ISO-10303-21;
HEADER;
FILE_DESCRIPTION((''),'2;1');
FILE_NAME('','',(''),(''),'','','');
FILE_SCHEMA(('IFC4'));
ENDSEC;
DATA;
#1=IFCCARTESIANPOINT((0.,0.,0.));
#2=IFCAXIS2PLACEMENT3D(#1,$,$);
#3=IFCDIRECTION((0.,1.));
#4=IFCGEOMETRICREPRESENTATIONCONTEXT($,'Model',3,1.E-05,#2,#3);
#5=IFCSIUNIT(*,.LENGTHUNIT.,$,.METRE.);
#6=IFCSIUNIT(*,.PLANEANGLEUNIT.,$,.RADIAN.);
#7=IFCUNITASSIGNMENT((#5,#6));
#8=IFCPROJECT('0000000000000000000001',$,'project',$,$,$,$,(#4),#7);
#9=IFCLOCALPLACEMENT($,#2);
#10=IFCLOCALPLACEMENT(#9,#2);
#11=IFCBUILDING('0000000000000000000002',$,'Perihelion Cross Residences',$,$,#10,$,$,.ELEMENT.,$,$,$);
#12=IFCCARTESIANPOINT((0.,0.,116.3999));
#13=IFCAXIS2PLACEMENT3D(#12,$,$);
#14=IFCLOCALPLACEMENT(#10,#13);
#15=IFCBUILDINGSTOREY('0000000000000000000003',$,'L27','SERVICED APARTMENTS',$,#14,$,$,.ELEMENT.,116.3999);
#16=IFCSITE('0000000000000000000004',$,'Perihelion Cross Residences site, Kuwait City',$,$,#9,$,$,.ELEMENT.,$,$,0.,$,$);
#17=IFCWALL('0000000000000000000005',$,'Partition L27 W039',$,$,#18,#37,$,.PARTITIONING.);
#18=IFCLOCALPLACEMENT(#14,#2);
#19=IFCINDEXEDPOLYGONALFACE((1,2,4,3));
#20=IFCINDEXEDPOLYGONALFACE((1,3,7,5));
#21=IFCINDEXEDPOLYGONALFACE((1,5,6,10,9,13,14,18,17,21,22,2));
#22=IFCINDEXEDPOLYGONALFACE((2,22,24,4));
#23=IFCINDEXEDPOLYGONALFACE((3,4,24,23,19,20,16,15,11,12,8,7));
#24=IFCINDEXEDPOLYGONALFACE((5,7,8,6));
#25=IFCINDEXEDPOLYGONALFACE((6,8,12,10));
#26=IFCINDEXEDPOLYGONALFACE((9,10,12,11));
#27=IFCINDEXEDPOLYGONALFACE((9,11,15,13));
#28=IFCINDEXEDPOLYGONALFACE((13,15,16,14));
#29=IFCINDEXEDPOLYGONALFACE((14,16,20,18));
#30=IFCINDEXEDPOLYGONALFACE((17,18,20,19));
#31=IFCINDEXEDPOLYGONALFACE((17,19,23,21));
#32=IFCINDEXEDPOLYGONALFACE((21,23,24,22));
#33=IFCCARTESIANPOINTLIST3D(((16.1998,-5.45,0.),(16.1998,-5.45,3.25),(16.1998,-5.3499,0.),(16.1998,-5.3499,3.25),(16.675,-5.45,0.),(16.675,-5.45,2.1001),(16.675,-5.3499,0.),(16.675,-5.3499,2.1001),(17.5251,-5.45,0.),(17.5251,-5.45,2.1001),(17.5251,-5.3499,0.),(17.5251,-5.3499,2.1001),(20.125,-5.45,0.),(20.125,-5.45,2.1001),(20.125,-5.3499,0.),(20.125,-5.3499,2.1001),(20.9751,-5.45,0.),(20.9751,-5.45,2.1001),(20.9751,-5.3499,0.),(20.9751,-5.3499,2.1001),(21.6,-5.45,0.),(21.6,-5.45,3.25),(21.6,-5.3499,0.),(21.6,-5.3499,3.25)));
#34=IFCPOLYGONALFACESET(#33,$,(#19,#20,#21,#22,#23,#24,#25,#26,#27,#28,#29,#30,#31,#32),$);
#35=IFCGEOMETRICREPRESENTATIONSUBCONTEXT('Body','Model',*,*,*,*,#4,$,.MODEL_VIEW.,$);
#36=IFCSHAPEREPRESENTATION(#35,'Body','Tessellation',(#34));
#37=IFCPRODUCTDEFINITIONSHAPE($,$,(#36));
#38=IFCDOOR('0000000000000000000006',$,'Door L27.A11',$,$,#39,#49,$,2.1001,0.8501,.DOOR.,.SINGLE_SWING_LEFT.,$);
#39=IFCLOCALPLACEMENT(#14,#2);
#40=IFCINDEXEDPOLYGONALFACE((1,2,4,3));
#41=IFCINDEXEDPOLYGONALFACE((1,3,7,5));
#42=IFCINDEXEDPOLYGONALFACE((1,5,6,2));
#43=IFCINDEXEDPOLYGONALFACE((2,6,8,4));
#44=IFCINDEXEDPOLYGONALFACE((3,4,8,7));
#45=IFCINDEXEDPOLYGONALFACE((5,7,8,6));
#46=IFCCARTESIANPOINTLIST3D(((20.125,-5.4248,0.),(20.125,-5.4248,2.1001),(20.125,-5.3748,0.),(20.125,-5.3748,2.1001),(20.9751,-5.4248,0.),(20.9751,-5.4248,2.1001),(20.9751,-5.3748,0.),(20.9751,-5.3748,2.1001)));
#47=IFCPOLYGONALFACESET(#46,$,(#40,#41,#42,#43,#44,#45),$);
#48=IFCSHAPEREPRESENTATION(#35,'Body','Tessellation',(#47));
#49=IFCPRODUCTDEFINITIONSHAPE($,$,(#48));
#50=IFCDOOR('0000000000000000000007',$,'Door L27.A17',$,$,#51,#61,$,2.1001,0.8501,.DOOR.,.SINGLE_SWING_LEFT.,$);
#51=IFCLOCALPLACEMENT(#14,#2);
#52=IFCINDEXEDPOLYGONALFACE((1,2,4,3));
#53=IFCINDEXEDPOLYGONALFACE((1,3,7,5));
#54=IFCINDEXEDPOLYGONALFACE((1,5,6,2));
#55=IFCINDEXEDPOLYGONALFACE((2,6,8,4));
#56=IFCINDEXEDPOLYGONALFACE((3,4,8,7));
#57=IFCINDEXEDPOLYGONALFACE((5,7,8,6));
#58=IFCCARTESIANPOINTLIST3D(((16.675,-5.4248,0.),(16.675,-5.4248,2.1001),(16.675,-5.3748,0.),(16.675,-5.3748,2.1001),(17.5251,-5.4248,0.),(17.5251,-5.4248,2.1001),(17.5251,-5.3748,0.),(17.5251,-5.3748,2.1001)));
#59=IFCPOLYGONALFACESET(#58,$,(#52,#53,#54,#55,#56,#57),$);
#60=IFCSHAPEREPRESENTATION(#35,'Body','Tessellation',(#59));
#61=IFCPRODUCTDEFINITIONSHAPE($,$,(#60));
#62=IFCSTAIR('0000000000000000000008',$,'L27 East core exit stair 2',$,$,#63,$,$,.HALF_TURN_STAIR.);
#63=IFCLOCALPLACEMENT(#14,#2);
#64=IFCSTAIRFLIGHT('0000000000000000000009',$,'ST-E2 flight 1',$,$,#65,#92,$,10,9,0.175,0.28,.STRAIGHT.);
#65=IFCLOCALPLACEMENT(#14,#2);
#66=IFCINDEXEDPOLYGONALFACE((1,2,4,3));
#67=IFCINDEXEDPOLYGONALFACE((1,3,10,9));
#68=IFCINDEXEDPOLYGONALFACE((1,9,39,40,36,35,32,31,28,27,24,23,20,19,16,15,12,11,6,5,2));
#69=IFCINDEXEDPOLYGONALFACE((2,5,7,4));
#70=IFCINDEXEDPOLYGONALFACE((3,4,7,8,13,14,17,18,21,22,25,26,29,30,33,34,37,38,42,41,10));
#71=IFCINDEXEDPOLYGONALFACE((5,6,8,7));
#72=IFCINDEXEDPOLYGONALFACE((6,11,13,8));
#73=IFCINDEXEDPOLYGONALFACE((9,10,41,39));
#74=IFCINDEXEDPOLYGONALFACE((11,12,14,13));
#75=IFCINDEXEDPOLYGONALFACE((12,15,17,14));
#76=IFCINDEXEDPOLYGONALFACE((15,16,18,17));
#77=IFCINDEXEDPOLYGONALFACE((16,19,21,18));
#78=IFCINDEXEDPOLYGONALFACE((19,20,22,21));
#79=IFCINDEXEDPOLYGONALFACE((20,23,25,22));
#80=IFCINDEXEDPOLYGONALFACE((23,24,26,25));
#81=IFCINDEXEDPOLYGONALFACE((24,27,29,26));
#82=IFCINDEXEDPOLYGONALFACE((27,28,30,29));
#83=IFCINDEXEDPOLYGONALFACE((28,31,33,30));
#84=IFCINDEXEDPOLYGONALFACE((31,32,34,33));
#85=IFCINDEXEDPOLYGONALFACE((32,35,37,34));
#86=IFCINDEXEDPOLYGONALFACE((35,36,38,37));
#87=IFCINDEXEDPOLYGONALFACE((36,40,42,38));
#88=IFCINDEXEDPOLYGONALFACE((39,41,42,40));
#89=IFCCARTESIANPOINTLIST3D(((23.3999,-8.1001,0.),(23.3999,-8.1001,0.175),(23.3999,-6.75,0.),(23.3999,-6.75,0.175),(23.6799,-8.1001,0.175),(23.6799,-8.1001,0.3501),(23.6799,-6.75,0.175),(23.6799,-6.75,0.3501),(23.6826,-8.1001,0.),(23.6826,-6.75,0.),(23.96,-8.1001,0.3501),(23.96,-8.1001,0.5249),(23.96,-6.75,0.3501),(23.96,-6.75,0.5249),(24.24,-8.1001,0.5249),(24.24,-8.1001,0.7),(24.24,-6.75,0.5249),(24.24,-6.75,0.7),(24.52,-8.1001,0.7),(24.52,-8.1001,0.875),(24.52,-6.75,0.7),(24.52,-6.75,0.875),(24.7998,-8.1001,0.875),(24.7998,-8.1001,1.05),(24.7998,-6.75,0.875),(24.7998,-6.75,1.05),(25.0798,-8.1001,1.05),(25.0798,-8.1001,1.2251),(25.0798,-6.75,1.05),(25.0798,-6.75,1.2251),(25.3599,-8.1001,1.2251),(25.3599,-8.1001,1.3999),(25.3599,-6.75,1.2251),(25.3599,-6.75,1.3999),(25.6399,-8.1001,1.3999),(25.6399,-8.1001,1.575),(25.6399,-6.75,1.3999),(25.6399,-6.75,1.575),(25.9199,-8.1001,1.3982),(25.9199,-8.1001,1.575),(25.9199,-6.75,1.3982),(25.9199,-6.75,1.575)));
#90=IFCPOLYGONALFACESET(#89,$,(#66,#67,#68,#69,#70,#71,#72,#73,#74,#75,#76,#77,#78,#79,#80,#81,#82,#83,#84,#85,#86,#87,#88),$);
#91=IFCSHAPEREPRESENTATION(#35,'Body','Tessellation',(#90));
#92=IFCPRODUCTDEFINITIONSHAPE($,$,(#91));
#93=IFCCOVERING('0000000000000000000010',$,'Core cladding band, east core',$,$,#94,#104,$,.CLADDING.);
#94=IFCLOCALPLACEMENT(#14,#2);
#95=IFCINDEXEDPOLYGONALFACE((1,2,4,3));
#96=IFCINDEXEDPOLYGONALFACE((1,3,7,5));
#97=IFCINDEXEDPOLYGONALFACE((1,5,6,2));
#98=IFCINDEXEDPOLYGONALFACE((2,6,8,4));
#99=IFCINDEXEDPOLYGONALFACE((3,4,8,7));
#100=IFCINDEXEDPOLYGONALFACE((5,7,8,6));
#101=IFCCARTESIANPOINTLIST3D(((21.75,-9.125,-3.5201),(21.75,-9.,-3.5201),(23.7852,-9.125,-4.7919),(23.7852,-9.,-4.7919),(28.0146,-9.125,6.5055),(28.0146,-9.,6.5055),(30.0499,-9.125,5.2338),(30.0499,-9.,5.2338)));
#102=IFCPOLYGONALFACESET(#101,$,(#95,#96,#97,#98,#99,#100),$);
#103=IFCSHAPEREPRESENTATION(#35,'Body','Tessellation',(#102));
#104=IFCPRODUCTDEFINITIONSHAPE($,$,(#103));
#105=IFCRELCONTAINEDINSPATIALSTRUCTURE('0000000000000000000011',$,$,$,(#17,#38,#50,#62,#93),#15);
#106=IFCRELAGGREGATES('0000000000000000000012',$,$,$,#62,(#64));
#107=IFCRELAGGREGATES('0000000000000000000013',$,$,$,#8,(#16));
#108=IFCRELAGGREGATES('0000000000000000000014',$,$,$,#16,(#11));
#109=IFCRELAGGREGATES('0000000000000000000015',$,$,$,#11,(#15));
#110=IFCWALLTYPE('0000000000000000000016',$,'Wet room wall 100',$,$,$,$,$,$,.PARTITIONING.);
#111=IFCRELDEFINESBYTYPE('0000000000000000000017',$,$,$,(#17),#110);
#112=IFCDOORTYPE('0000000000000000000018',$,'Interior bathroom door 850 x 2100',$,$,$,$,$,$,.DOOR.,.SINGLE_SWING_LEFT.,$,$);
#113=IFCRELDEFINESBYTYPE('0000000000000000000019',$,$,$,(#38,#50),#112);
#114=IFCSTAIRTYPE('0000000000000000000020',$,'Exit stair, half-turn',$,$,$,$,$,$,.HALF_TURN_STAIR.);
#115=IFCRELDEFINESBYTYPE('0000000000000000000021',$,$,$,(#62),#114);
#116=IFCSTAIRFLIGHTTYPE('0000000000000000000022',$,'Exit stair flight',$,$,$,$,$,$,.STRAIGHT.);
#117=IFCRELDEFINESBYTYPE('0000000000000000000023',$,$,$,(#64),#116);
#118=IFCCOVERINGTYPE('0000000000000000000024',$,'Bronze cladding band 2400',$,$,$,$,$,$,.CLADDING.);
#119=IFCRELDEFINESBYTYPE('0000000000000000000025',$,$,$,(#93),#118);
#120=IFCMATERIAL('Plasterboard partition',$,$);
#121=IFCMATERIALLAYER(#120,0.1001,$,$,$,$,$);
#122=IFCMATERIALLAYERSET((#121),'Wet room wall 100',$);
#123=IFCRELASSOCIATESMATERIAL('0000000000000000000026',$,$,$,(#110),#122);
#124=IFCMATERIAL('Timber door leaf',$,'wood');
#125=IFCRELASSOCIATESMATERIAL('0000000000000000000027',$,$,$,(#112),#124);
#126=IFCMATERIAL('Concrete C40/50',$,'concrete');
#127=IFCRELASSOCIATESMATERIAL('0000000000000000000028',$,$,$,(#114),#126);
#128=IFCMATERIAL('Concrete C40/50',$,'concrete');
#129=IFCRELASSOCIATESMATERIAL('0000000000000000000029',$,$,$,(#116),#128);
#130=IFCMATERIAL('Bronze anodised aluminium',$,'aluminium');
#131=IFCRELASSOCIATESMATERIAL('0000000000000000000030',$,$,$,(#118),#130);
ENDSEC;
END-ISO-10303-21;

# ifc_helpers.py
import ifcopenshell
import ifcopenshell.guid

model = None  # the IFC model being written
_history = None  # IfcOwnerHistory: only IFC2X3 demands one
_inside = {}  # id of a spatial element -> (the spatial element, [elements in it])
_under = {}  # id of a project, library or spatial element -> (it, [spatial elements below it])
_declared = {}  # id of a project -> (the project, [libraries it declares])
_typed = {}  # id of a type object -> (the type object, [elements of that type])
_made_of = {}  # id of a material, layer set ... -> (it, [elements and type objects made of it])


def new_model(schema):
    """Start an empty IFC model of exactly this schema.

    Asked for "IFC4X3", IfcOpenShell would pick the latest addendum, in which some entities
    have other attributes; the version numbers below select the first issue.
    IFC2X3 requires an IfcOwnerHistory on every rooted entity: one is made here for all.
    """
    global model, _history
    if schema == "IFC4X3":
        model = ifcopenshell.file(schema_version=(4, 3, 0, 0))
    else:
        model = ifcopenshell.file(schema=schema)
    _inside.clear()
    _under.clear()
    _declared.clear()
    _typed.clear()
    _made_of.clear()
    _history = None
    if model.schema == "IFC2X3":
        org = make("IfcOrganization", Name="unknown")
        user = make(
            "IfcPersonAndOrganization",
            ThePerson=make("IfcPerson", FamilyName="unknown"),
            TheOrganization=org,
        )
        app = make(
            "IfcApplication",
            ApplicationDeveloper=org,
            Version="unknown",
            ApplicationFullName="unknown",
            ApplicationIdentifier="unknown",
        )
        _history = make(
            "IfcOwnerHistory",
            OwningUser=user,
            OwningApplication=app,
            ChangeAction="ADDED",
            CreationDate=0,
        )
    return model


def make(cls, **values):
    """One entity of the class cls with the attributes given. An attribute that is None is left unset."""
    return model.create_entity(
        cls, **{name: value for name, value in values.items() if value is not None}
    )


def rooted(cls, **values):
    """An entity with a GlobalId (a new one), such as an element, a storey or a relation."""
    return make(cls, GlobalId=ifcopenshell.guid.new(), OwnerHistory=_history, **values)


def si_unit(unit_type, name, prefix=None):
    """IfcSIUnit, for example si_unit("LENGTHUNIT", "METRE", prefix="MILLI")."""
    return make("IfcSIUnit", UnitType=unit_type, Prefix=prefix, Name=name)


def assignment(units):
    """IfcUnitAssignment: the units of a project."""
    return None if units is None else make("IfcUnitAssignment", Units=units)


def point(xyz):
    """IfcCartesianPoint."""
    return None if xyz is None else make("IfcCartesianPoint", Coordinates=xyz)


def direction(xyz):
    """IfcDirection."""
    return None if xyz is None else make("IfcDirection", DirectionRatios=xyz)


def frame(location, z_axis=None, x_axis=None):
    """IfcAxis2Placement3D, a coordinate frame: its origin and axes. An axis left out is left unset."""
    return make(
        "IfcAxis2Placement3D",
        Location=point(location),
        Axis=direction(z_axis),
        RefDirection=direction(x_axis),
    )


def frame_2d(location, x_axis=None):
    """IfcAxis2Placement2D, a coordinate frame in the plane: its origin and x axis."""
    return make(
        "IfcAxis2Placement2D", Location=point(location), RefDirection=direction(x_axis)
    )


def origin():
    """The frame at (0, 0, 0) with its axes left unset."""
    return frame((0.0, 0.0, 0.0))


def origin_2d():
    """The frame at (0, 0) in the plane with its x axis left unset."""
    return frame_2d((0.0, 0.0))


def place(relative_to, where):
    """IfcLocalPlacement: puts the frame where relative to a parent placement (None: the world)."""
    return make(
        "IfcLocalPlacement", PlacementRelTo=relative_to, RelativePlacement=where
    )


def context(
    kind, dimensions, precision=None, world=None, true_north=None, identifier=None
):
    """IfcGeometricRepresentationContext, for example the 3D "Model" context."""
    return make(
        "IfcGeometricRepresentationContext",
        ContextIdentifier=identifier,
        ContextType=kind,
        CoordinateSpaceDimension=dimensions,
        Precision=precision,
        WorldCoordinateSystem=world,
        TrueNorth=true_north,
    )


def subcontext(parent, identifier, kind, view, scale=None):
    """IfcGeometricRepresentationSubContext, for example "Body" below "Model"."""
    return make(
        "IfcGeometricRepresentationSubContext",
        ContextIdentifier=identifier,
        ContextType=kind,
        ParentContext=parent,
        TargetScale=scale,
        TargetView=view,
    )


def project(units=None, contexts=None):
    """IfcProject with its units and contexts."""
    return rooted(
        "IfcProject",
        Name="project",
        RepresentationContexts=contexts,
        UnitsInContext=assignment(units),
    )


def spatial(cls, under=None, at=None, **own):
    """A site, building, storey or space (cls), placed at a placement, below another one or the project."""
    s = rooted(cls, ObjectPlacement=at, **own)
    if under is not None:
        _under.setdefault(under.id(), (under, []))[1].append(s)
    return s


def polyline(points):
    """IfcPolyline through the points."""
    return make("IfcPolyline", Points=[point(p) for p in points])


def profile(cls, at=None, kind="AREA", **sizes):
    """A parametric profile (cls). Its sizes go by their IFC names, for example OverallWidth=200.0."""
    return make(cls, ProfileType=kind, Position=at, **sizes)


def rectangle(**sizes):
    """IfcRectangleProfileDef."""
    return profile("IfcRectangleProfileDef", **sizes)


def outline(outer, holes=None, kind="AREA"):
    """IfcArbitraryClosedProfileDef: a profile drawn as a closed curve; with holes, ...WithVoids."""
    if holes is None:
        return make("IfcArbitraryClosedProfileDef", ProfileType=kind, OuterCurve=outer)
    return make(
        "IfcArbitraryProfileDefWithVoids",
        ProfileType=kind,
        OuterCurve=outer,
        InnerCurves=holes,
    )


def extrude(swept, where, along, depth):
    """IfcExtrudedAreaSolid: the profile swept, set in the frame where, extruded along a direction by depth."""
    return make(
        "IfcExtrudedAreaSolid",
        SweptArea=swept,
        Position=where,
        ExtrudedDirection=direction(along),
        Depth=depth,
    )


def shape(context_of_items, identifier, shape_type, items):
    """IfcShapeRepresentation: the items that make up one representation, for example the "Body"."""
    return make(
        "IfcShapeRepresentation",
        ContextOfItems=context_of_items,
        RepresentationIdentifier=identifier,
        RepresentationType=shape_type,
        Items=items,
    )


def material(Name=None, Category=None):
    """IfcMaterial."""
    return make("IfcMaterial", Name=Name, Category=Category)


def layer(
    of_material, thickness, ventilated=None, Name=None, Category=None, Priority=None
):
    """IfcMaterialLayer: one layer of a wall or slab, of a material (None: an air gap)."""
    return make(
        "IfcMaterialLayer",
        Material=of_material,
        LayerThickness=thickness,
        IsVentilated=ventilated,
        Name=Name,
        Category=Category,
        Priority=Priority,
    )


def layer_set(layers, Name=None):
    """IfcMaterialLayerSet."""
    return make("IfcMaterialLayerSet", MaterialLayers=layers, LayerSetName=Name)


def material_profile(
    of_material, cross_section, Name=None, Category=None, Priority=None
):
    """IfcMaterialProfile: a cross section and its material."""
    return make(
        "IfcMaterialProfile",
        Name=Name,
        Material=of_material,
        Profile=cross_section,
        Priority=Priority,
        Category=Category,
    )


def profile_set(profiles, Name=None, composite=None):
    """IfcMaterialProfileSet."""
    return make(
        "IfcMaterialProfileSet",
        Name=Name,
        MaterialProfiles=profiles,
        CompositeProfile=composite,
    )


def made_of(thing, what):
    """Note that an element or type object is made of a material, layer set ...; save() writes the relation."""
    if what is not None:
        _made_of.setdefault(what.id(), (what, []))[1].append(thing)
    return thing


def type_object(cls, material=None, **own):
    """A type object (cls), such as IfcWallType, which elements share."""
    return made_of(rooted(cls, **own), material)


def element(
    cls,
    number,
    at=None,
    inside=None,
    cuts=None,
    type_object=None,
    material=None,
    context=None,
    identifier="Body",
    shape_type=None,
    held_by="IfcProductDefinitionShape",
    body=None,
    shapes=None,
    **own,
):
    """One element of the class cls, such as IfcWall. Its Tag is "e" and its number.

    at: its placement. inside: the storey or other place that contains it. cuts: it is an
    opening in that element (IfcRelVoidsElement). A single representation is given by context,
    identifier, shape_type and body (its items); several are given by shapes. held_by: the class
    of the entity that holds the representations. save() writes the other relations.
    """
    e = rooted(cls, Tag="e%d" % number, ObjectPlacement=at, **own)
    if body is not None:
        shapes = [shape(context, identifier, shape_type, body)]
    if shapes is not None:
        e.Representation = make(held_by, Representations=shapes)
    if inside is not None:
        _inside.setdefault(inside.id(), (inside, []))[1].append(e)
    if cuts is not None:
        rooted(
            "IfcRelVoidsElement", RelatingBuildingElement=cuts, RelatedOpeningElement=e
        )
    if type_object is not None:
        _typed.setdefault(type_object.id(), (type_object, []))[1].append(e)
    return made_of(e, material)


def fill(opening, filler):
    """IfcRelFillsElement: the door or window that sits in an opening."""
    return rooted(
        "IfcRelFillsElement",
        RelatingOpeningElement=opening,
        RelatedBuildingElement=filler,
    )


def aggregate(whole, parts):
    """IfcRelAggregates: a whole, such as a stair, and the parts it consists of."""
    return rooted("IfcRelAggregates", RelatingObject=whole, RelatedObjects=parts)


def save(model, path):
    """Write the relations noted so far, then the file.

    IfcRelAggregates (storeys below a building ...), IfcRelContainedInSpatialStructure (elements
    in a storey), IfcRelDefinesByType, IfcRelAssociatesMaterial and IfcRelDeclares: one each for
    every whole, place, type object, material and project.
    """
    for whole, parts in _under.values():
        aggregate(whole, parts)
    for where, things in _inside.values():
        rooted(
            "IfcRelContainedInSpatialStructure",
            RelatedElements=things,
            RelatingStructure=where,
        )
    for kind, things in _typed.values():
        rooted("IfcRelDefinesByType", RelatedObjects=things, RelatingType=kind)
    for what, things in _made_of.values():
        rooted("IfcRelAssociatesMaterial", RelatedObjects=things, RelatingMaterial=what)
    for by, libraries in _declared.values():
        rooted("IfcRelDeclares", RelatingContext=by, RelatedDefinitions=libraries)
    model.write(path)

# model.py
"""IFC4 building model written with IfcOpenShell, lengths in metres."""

from ifc_helpers import new_model, si_unit, direction, frame, frame_2d, origin, origin_2d, place, context, subcontext, project, spatial, polyline, rectangle, outline, extrude, material, layer, layer_set, material_profile, profile_set, type_object, element, fill, aggregate, save


model = new_model("IFC4")

# Units and contexts
model_context = context("Model", 3, precision=1e-05, world=origin(), true_north=direction((0.0, 1.0)))
body_context = subcontext(model_context, "Body", "Model", "MODEL_VIEW")
ifc_project = project(units=[si_unit("LENGTHUNIT", "METRE"), si_unit("PLANEANGLEUNIT", "RADIAN")], contexts=[model_context])

# Site, building, storey
site_placement = place(None, origin())
site = spatial("IfcSite", under=ifc_project, at=site_placement, Name="Perihelion Cross Residences site, Kuwait City", CompositionType="ELEMENT", RefElevation=0.0)
building_placement = place(site_placement, origin())
building = spatial("IfcBuilding", under=site, at=building_placement, Name="Perihelion Cross Residences", CompositionType="ELEMENT")
storey_placement = place(building_placement, frame((0.0, 0.0, 116.3999)))
storey = spatial("IfcBuildingStorey", under=building, at=storey_placement, Name="L27", Description="SERVICED APARTMENTS", CompositionType="ELEMENT", Elevation=116.3999)

# Wall, openings, doors
ifc_material_1 = material(Name="Plasterboard partition")
ifc_layer_1 = layer(ifc_material_1, 0.1001)
ifc_layer_set_1 = layer_set([ifc_layer_1], Name="Wet room wall 100")
wall_type_1 = type_object("IfcWallType", Name="Wet room wall 100", PredefinedType="PARTITIONING", material=ifc_layer_set_1)
wall_1_placement = place(storey_placement, frame((21.6001, -5.3999, 0.0), z_axis=(0.0, 0.0, 1.0), x_axis=(-1.0, 0.0, 0.0)))
wall_1 = element("IfcWall", 1, at=wall_1_placement, inside=storey, type_object=wall_type_1, Name="Partition L27 W039", PredefinedType="PARTITIONING", context=body_context, shape_type="SweptSolid", body=[
    extrude(rectangle(XDim=5.4001, YDim=0.1001, at=frame_2d((2.7002, 0.0))), origin(), (0.0, 0.0, 1.0), 3.25),
])
opening_1_placement = place(wall_1_placement, frame((0.625, 0.0, 0.0)))
opening_1 = element("IfcOpeningElement", 2, at=opening_1_placement, cuts=wall_1, PredefinedType="OPENING", context=body_context, shape_type="SweptSolid", body=[
    extrude(rectangle(XDim=0.8501, YDim=2.1001, at=frame_2d((0.425, 1.05))), frame((0.0, 0.0601, 0.0), z_axis=(0.0, -1.0, 0.0), x_axis=(1.0, 0.0, 0.0)), (0.0, 0.0, 1.0), 0.1201),
])
opening_2_placement = place(wall_1_placement, frame((4.075, 0.0, 0.0)))
opening_2 = element("IfcOpeningElement", 3, at=opening_2_placement, cuts=wall_1, PredefinedType="OPENING", context=body_context, shape_type="SweptSolid", body=[
    extrude(rectangle(XDim=0.8501, YDim=2.1001, at=frame_2d((0.425, 1.05))), frame((0.0, 0.0601, 0.0), z_axis=(0.0, -1.0, 0.0), x_axis=(1.0, 0.0, 0.0)), (0.0, 0.0, 1.0), 0.1201),
])
ifc_material_2 = material(Name="Timber door leaf", Category="wood")
door_type_1 = type_object("IfcDoorType", Name="Interior bathroom door 850 x 2100", OperationType="SINGLE_SWING_LEFT", PredefinedType="DOOR", material=ifc_material_2)
door_1_placement = place(opening_1_placement, origin())
door_1 = element("IfcDoor", 4, at=door_1_placement, inside=storey, type_object=door_type_1, Name="Door L27.A11", OperationType="SINGLE_SWING_LEFT", OverallHeight=2.1001, OverallWidth=0.8501, PredefinedType="DOOR", context=body_context, shape_type="SweptSolid", body=[
    extrude(rectangle(XDim=0.8501, YDim=2.1001, at=frame_2d((0.425, 1.05))), frame((0.0, 0.0249, 0.0), z_axis=(0.0, -1.0, 0.0), x_axis=(1.0, 0.0, 0.0)), (0.0, 0.0, 1.0), 0.05),
])
fill(opening_1, door_1)
door_2_placement = place(opening_2_placement, origin())
door_2 = element("IfcDoor", 5, at=door_2_placement, inside=storey, type_object=door_type_1, Name="Door L27.A17", OperationType="SINGLE_SWING_LEFT", OverallHeight=2.1001, OverallWidth=0.8501, PredefinedType="DOOR", context=body_context, shape_type="SweptSolid", body=[
    extrude(rectangle(XDim=0.8501, YDim=2.1001, at=frame_2d((0.425, 1.05))), frame((0.0, 0.0249, 0.0), z_axis=(0.0, -1.0, 0.0), x_axis=(1.0, 0.0, 0.0)), (0.0, 0.0, 1.0), 0.05),
])
fill(opening_2, door_2)

# Stair, stair flight
ifc_material_3 = material(Name="Concrete C40/50", Category="concrete")
stair_type = type_object("IfcStairType", Name="Exit stair, half-turn", PredefinedType="HALF_TURN_STAIR", material=ifc_material_3)
stair_placement = place(storey_placement, origin())
stair = element("IfcStair", 6, at=stair_placement, inside=storey, type_object=stair_type, Name="L27 East core exit stair 2", PredefinedType="HALF_TURN_STAIR")
ifc_material_4 = material(Name="Concrete C40/50", Category="concrete")
stair_flight_type = type_object("IfcStairFlightType", Name="Exit stair flight", PredefinedType="STRAIGHT", material=ifc_material_4)
stair_flight_placement = place(storey_placement, frame((23.3999, -7.425, 0.0), z_axis=(0.0, 0.0, 1.0), x_axis=(1.0, 0.0, 0.0)))
stair_flight = element("IfcStairFlight", 7, at=stair_flight_placement, type_object=stair_flight_type, Name="ST-E2 flight 1", NumberOfRisers=10, NumberOfTreads=9, PredefinedType="STRAIGHT", RiserHeight=0.175, TreadLength=0.28, context=body_context, shape_type="SweptSolid", body=[
    extrude(outline(polyline([(0.0, 0.0), (0.0, 0.175), (0.28, 0.175), (0.28, 0.3501), (0.5601, 0.3501), (0.5601, 0.5249), (0.8401, 0.5249), (0.8401, 0.7), (1.1201, 0.7), (1.1201, 0.875), (1.3999, 0.875), (1.3999, 1.05), (1.6799, 1.05), (1.6799, 1.2251), (1.96, 1.2251), (1.96, 1.3999), (2.24, 1.3999), (2.24, 1.575), (2.52, 1.575), (2.52, 1.75), (2.52, 1.3982), (0.2827, 0.0), (0.0, 0.0)])), frame((0.0, 0.675, 0.0), z_axis=(0.0, -1.0, 0.0), x_axis=(1.0, 0.0, 0.0)), (0.0, 0.0, 1.0), 1.3501),
])
aggregate(stair, [stair_flight])

# Covering
ifc_material_5 = material(Name="Bronze anodised aluminium", Category="aluminium")
ifc_material_profile_1 = material_profile(ifc_material_5, rectangle(XDim=0.125, YDim=2.3999, at=origin_2d()), Name="Bronze cladding band 2400")
ifc_profile_set_1 = profile_set([ifc_material_profile_1], Name="Bronze anodised aluminium")
covering_type = type_object("IfcCoveringType", Name="Bronze cladding band 2400", PredefinedType="CLADDING", material=ifc_profile_set_1)
covering_placement = place(storey_placement, frame((22.7676, -9.0625, -4.156), z_axis=(0.529915, 0.0, 0.848051), x_axis=(0.0, 1.0, 0.0)))
element("IfcCovering", 8, at=covering_placement, inside=storey, type_object=covering_type, Name="Core cladding band, east core", PredefinedType="CLADDING", context=body_context, shape_type="SweptSolid", body=[
    extrude(rectangle(XDim=0.125, YDim=2.3999, at=origin_2d()), origin(), (0.0, 0.0, 1.0), 11.822),
])

save(model, "model.ifc")
